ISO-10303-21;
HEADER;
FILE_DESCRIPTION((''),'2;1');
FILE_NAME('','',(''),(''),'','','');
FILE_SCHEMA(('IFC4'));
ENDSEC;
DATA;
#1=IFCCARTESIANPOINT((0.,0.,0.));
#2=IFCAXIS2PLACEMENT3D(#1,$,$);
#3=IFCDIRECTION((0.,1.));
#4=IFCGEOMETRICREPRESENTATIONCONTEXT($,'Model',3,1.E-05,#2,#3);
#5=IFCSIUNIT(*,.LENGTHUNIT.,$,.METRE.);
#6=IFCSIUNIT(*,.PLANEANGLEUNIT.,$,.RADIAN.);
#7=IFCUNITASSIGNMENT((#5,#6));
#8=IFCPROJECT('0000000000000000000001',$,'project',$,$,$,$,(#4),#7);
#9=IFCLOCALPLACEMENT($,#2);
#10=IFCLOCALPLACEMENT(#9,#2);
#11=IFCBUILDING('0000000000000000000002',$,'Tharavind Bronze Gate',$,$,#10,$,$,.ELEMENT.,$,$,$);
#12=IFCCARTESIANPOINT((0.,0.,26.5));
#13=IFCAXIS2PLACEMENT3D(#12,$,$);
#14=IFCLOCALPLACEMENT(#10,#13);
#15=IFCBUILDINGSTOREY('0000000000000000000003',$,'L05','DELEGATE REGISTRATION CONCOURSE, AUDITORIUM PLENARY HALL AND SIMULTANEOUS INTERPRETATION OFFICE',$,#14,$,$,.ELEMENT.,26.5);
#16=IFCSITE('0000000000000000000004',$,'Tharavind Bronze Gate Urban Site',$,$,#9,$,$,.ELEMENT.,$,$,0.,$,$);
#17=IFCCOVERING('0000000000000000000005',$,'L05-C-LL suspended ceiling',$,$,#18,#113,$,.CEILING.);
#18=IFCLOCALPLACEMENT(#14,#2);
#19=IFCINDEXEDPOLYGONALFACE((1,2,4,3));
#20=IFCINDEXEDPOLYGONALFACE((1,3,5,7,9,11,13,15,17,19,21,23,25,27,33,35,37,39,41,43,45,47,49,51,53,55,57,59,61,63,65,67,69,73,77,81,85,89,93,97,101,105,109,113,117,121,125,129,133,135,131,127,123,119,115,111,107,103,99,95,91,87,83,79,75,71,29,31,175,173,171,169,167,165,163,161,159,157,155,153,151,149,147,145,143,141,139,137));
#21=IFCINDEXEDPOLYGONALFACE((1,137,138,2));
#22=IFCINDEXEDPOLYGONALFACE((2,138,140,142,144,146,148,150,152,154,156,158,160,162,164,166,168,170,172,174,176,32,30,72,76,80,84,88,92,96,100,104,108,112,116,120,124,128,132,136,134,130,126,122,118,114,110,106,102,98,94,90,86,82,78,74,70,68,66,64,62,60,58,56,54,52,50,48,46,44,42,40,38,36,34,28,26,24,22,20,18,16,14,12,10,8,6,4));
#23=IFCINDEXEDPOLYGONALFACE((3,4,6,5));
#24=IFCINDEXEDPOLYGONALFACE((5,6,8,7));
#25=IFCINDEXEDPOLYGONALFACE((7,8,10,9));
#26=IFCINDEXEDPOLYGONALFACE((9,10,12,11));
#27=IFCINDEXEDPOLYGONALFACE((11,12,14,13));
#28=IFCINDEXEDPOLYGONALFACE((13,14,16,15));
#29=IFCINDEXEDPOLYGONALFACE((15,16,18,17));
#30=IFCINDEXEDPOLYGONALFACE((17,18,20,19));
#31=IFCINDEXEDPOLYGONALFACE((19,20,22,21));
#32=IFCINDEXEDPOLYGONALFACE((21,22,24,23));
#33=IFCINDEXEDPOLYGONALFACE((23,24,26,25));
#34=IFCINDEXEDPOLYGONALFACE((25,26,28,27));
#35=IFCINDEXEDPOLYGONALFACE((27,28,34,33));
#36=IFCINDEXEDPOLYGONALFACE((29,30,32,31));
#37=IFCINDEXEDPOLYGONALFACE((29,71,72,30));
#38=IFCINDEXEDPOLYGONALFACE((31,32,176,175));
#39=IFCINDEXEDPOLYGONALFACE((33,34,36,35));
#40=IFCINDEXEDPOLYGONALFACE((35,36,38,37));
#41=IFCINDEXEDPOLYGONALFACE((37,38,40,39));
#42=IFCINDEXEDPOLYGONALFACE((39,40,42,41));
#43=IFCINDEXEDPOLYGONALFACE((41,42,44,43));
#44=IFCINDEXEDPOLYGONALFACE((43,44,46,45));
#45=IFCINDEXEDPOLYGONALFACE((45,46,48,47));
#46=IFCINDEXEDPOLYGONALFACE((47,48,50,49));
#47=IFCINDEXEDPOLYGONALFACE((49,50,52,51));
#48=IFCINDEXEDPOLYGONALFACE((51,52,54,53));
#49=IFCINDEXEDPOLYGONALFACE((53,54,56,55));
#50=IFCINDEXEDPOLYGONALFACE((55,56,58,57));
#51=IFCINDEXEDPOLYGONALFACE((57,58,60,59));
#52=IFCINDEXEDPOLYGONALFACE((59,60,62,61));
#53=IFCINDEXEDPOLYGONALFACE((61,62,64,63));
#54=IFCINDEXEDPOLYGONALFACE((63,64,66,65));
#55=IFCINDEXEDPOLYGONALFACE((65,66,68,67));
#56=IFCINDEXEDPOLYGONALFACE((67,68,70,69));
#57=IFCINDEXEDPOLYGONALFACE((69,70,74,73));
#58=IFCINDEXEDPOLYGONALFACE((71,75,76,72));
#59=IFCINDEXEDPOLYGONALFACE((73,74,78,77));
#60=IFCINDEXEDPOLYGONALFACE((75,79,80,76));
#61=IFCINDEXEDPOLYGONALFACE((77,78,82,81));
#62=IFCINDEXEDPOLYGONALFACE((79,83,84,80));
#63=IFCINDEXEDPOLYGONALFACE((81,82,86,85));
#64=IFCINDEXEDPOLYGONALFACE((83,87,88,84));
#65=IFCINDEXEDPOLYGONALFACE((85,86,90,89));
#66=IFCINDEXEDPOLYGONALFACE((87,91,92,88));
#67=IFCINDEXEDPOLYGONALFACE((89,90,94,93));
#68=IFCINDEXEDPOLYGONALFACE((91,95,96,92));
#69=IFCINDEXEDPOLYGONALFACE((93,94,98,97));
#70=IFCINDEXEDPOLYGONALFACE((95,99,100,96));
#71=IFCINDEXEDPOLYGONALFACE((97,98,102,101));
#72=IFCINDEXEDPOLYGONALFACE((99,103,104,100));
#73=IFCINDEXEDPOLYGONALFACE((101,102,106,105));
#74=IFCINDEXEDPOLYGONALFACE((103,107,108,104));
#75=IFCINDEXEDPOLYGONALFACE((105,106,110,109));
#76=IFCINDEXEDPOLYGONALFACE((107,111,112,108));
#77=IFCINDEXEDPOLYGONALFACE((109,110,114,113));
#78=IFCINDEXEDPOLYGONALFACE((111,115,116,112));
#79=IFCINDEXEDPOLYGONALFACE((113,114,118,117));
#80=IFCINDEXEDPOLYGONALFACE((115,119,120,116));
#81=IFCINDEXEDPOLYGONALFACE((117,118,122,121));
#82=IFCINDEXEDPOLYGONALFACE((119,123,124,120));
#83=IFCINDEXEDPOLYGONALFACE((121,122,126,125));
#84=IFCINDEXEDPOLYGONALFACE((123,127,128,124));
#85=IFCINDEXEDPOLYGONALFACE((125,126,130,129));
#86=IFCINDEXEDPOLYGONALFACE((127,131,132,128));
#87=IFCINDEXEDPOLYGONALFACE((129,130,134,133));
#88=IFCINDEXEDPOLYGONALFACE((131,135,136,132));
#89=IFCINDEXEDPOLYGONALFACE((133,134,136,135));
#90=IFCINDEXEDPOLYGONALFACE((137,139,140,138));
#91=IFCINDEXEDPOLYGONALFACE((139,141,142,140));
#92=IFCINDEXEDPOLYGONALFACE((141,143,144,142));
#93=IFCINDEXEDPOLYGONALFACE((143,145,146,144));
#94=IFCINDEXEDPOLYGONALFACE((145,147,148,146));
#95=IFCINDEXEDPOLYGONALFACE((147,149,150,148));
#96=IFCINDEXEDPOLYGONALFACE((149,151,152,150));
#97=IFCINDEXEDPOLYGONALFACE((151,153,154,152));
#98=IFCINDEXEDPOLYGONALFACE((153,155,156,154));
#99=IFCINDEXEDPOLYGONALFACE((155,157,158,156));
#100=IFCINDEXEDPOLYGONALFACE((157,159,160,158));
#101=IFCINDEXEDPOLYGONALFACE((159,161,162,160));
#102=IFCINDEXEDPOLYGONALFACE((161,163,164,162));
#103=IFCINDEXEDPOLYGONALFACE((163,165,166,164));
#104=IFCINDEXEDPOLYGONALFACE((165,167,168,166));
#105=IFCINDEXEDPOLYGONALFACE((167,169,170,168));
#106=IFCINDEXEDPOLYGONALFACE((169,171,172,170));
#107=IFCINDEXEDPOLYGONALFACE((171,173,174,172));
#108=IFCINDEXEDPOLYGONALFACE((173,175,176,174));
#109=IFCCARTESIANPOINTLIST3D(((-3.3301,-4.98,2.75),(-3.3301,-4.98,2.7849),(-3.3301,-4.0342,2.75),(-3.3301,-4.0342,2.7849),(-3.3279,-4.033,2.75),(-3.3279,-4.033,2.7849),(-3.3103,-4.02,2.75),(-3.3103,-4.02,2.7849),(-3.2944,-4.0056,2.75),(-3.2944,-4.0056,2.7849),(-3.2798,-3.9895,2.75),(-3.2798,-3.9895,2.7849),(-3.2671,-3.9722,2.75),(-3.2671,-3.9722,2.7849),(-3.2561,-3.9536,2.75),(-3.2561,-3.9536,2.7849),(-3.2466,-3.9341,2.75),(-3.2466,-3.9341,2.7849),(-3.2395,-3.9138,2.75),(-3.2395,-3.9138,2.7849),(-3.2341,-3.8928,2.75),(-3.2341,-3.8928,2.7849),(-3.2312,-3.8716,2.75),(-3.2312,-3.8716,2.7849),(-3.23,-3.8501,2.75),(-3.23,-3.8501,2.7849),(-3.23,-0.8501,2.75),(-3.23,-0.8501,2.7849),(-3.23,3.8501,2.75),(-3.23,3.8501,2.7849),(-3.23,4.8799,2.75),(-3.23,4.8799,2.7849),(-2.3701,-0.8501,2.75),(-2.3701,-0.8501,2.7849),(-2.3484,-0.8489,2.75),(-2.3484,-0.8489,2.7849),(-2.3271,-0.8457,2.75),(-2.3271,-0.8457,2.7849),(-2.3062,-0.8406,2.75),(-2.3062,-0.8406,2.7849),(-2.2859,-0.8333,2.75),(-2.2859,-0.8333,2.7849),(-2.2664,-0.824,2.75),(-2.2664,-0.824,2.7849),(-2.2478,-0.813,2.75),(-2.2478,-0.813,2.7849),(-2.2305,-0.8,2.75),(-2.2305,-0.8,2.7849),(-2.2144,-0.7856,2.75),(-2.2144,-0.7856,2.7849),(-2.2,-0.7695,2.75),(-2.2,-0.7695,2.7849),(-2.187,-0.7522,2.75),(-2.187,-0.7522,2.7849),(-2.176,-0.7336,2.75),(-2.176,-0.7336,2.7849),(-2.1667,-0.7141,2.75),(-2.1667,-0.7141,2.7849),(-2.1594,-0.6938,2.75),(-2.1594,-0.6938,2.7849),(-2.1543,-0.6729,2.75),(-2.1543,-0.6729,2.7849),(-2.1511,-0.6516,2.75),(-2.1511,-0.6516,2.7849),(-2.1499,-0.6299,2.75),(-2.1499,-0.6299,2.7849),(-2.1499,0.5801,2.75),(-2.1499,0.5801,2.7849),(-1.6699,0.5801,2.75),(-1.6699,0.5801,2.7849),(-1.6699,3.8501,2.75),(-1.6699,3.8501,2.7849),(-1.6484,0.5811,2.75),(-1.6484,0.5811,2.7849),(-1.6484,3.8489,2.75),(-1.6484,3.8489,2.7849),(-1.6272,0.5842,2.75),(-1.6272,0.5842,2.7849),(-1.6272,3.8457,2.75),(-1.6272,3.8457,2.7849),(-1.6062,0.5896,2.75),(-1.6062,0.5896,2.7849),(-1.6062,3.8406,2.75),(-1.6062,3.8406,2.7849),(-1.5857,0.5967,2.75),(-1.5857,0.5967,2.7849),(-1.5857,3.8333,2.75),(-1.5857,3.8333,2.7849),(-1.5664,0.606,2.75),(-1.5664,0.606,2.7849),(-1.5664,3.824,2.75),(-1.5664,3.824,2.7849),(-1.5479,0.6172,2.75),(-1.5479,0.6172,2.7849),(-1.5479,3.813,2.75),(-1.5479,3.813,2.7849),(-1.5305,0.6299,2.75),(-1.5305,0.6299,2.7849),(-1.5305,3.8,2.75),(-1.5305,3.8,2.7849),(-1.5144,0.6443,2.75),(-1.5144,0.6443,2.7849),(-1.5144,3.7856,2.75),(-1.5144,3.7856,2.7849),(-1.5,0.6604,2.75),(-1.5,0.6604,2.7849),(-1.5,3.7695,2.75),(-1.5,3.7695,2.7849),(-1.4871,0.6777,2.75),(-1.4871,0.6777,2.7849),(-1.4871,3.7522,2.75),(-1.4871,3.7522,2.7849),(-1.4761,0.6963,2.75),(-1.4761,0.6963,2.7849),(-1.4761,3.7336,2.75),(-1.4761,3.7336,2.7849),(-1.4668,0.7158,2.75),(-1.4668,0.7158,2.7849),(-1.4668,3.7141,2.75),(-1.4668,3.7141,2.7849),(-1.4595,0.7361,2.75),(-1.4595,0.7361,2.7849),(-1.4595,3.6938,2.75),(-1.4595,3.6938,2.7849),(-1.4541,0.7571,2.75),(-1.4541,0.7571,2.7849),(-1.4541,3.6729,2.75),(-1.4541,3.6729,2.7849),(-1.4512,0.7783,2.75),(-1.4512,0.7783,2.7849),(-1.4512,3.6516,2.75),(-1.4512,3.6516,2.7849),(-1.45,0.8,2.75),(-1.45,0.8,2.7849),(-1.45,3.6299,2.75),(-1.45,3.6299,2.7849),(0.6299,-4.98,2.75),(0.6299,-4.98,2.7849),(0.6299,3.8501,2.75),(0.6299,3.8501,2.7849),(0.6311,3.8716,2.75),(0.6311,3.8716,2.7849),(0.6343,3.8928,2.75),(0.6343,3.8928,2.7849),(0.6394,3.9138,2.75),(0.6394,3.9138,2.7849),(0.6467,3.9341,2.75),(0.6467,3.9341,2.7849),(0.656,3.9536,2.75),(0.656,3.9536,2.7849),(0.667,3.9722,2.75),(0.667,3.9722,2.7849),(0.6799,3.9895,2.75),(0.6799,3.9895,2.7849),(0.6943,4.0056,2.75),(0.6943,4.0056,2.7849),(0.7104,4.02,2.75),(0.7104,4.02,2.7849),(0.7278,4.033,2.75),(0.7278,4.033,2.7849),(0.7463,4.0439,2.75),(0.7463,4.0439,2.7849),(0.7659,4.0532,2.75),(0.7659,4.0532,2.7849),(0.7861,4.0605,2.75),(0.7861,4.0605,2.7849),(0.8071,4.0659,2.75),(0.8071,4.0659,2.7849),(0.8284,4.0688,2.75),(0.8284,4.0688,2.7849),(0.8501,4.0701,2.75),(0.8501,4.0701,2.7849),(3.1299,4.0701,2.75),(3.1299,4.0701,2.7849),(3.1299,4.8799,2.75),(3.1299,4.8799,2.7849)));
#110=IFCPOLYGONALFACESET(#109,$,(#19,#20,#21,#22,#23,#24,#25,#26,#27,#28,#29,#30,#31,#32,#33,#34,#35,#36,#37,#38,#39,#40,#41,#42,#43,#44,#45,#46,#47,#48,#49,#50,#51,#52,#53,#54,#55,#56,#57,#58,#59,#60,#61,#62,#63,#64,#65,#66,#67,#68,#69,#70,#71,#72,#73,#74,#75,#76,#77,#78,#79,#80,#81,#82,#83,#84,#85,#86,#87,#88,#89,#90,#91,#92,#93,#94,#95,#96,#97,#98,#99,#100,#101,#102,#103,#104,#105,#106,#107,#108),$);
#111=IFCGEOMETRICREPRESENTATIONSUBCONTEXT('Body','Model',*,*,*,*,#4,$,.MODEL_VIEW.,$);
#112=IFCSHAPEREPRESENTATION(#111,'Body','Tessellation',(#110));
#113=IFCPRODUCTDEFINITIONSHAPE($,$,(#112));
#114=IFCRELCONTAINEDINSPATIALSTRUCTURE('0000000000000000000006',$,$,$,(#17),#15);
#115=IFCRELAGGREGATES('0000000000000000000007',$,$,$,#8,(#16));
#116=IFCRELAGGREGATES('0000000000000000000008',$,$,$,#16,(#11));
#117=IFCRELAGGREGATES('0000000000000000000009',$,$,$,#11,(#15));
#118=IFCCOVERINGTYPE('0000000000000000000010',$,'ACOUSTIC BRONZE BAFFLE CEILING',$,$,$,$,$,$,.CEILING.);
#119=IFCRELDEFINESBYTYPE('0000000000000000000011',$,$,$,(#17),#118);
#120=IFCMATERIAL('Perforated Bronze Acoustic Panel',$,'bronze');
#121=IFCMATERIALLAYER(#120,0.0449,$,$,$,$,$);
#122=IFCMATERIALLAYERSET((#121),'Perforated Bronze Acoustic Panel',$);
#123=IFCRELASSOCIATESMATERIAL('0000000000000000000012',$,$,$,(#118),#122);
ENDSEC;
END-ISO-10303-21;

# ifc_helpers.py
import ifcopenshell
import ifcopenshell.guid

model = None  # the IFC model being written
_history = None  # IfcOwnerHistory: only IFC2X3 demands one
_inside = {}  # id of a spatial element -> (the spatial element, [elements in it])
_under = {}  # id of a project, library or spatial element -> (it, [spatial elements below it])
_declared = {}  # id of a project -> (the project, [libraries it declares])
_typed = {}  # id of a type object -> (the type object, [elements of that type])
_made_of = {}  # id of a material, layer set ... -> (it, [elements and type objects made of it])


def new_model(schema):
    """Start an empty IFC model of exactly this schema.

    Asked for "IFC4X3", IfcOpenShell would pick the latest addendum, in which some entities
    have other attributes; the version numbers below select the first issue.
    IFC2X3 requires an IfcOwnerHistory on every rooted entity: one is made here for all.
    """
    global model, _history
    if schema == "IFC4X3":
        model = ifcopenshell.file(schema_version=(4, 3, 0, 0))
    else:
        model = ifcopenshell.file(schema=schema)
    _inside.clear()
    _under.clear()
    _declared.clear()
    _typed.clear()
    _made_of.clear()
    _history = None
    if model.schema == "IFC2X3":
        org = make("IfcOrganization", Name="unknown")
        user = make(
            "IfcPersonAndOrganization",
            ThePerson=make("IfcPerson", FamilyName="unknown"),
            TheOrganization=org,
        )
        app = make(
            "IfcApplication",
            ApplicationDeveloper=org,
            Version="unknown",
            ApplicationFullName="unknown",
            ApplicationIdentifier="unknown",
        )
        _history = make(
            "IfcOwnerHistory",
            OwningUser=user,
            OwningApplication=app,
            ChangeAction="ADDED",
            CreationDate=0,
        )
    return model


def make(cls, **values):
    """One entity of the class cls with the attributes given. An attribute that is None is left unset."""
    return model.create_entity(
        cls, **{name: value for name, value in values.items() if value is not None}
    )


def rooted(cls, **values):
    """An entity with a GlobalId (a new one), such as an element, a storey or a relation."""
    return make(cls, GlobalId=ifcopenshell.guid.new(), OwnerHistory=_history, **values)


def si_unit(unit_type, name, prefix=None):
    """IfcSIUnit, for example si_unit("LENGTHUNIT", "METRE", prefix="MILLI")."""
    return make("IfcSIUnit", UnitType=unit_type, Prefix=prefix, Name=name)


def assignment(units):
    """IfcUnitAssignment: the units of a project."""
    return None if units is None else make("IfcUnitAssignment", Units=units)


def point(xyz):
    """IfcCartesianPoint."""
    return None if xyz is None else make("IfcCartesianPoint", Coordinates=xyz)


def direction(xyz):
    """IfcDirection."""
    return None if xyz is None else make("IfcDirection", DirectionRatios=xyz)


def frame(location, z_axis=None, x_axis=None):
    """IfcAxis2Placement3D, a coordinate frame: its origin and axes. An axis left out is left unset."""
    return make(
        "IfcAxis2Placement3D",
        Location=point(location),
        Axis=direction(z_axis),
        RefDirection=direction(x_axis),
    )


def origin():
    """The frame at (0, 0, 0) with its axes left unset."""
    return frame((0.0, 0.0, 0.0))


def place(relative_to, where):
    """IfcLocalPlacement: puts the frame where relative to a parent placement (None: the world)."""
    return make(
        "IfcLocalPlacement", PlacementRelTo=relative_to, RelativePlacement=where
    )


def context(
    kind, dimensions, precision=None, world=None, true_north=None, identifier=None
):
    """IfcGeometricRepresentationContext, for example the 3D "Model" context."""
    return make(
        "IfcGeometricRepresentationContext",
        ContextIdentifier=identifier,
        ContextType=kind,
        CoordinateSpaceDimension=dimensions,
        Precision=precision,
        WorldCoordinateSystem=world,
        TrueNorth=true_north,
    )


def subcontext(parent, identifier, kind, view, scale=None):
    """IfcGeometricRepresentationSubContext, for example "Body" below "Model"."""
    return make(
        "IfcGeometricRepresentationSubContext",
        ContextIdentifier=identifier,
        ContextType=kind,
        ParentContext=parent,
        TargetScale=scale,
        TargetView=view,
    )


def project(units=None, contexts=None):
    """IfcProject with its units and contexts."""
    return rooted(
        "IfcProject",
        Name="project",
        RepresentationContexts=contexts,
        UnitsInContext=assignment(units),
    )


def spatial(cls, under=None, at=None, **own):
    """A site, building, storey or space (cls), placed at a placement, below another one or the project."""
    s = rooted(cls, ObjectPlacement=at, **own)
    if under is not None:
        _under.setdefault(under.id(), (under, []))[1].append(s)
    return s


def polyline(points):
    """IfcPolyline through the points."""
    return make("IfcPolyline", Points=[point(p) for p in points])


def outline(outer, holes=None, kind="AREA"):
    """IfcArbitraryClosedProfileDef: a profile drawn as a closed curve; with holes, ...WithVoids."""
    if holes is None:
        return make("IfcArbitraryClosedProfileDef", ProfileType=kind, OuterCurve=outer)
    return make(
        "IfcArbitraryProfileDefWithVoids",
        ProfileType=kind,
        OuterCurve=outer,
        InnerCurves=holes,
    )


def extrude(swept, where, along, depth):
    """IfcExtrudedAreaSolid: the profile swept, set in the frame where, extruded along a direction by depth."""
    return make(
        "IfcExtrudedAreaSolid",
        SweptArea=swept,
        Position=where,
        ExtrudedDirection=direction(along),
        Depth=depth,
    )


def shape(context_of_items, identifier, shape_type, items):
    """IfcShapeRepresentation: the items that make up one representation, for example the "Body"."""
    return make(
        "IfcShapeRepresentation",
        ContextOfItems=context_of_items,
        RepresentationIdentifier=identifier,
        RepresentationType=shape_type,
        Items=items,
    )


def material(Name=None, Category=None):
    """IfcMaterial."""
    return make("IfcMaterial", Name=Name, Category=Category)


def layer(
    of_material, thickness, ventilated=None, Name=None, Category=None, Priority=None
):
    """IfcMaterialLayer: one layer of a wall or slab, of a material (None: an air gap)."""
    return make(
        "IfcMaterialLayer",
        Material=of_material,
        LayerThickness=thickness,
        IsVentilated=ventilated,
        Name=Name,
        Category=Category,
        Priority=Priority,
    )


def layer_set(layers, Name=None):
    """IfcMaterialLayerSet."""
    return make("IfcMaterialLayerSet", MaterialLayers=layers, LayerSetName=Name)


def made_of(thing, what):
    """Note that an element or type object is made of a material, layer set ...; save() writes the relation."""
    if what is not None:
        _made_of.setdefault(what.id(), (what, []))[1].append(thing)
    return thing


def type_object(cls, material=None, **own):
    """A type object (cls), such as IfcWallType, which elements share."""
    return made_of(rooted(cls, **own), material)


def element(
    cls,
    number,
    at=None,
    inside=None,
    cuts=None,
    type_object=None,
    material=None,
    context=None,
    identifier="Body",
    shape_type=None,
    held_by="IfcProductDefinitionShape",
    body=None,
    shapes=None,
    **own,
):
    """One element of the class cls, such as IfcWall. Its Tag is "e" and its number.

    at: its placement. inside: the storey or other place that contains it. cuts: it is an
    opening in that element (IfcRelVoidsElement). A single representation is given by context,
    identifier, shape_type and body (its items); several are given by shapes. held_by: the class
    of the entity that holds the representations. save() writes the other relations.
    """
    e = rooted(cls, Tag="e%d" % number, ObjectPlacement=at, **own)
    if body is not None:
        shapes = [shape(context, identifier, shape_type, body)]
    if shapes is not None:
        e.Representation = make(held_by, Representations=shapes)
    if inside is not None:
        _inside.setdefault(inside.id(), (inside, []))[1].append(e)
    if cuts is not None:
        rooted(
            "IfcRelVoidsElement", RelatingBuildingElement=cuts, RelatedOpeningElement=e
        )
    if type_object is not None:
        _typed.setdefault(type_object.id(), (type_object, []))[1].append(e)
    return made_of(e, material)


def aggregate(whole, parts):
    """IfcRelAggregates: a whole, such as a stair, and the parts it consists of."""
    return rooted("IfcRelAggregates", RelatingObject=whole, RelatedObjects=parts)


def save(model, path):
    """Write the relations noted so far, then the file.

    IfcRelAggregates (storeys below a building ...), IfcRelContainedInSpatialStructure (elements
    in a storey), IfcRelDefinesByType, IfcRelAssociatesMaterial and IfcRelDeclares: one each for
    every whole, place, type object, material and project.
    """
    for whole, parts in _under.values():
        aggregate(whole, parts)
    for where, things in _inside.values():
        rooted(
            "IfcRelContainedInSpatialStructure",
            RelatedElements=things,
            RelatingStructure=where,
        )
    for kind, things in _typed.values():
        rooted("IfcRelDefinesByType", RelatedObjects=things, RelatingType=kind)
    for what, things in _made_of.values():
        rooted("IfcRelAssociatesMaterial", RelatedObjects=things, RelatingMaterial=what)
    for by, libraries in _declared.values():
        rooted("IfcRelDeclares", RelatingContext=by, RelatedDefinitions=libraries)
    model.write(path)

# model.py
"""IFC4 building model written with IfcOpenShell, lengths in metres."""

from ifc_helpers import new_model, si_unit, direction, frame, origin, place, context, subcontext, project, spatial, polyline, outline, extrude, material, layer, layer_set, type_object, element, save


model = new_model("IFC4")

# Units and contexts
model_context = context("Model", 3, precision=1e-05, world=origin(), true_north=direction((0.0, 1.0)))
body_context = subcontext(model_context, "Body", "Model", "MODEL_VIEW")
ifc_project = project(units=[si_unit("LENGTHUNIT", "METRE"), si_unit("PLANEANGLEUNIT", "RADIAN")], contexts=[model_context])

# Site, building, storey
site_placement = place(None, origin())
site = spatial("IfcSite", under=ifc_project, at=site_placement, Name="Tharavind Bronze Gate Urban Site", CompositionType="ELEMENT", RefElevation=0.0)
building_placement = place(site_placement, origin())
building = spatial("IfcBuilding", under=site, at=building_placement, Name="Tharavind Bronze Gate", CompositionType="ELEMENT")
storey_placement = place(building_placement, frame((0.0, 0.0, 26.5)))
storey = spatial("IfcBuildingStorey", under=building, at=storey_placement, Name="L05", Description="DELEGATE REGISTRATION CONCOURSE, AUDITORIUM PLENARY HALL AND SIMULTANEOUS INTERPRETATION OFFICE", CompositionType="ELEMENT", Elevation=26.5)

# Covering
ifc_material_1 = material(Name="Perforated Bronze Acoustic Panel", Category="bronze")
ifc_layer_1 = layer(ifc_material_1, 0.0449)
ifc_layer_set_1 = layer_set([ifc_layer_1], Name="Perforated Bronze Acoustic Panel")
covering_type_1 = type_object("IfcCoveringType", Name="ACOUSTIC BRONZE BAFFLE CEILING", PredefinedType="CEILING", material=ifc_layer_set_1)
covering_1_placement = place(storey_placement, frame((0.0, 0.0, 2.75)))
element("IfcCovering", 1, at=covering_1_placement, inside=storey, type_object=covering_type_1, Name="L05-C-LL suspended ceiling", PredefinedType="CEILING", context=body_context, shape_type="SweptSolid", body=[
    extrude(outline(polyline([(-3.3301, -4.98), (0.6299, -4.98), (0.6299, 3.8501), (0.6311, 3.8716), (0.6343, 3.8928), (0.6394, 3.9138), (0.6467, 3.9341), (0.656, 3.9536), (0.667, 3.9722), (0.6799, 3.9895), (0.6943, 4.0056), (0.7104, 4.02), (0.7278, 4.033), (0.7463, 4.0439), (0.7659, 4.0532), (0.7861, 4.0605), (0.8071, 4.0659), (0.8284, 4.0688), (0.8501, 4.0701), (3.1299, 4.0701), (3.1299, 4.8799), (-3.23, 4.8799), (-3.23, 3.8501), (-1.6699, 3.8501), (-1.6484, 3.8489), (-1.6272, 3.8457), (-1.6062, 3.8406), (-1.5857, 3.8333), (-1.5664, 3.824), (-1.5479, 3.813), (-1.5305, 3.8), (-1.5144, 3.7856), (-1.5, 3.7695), (-1.4871, 3.7522), (-1.4761, 3.7336), (-1.4668, 3.7141), (-1.4595, 3.6938), (-1.4541, 3.6729), (-1.4512, 3.6516), (-1.45, 3.6299), (-1.45, 0.8), (-1.4512, 0.7783), (-1.4541, 0.7571), (-1.4595, 0.7361), (-1.4668, 0.7158), (-1.4761, 0.6963), (-1.4871, 0.6777), (-1.5, 0.6604), (-1.5144, 0.6443), (-1.5305, 0.6299), (-1.5479, 0.6172), (-1.5664, 0.606), (-1.5857, 0.5967), (-1.6062, 0.5896), (-1.6272, 0.5842), (-1.6484, 0.5811), (-1.6699, 0.5801), (-2.1499, 0.5801), (-2.1499, -0.6299), (-2.1511, -0.6516), (-2.1543, -0.6729), (-2.1594, -0.6938), (-2.1667, -0.7141), (-2.176, -0.7336), (-2.187, -0.7522), (-2.2, -0.7695), (-2.2144, -0.7856), (-2.2305, -0.8), (-2.2478, -0.813), (-2.2664, -0.824), (-2.2859, -0.8333), (-2.3062, -0.8406), (-2.3271, -0.8457), (-2.3484, -0.8489), (-2.3701, -0.8501), (-3.23, -0.8501), (-3.23, -3.8501), (-3.2312, -3.8716), (-3.2341, -3.8928), (-3.2395, -3.9138), (-3.2466, -3.9341), (-3.2561, -3.9536), (-3.2671, -3.9722), (-3.2798, -3.9895), (-3.2944, -4.0056), (-3.3103, -4.02), (-3.3279, -4.033), (-3.3301, -4.0342), (-3.3301, -4.98)])), origin(), (0.0, 0.0, 1.0), 0.0349),
])

save(model, "model.ifc")
